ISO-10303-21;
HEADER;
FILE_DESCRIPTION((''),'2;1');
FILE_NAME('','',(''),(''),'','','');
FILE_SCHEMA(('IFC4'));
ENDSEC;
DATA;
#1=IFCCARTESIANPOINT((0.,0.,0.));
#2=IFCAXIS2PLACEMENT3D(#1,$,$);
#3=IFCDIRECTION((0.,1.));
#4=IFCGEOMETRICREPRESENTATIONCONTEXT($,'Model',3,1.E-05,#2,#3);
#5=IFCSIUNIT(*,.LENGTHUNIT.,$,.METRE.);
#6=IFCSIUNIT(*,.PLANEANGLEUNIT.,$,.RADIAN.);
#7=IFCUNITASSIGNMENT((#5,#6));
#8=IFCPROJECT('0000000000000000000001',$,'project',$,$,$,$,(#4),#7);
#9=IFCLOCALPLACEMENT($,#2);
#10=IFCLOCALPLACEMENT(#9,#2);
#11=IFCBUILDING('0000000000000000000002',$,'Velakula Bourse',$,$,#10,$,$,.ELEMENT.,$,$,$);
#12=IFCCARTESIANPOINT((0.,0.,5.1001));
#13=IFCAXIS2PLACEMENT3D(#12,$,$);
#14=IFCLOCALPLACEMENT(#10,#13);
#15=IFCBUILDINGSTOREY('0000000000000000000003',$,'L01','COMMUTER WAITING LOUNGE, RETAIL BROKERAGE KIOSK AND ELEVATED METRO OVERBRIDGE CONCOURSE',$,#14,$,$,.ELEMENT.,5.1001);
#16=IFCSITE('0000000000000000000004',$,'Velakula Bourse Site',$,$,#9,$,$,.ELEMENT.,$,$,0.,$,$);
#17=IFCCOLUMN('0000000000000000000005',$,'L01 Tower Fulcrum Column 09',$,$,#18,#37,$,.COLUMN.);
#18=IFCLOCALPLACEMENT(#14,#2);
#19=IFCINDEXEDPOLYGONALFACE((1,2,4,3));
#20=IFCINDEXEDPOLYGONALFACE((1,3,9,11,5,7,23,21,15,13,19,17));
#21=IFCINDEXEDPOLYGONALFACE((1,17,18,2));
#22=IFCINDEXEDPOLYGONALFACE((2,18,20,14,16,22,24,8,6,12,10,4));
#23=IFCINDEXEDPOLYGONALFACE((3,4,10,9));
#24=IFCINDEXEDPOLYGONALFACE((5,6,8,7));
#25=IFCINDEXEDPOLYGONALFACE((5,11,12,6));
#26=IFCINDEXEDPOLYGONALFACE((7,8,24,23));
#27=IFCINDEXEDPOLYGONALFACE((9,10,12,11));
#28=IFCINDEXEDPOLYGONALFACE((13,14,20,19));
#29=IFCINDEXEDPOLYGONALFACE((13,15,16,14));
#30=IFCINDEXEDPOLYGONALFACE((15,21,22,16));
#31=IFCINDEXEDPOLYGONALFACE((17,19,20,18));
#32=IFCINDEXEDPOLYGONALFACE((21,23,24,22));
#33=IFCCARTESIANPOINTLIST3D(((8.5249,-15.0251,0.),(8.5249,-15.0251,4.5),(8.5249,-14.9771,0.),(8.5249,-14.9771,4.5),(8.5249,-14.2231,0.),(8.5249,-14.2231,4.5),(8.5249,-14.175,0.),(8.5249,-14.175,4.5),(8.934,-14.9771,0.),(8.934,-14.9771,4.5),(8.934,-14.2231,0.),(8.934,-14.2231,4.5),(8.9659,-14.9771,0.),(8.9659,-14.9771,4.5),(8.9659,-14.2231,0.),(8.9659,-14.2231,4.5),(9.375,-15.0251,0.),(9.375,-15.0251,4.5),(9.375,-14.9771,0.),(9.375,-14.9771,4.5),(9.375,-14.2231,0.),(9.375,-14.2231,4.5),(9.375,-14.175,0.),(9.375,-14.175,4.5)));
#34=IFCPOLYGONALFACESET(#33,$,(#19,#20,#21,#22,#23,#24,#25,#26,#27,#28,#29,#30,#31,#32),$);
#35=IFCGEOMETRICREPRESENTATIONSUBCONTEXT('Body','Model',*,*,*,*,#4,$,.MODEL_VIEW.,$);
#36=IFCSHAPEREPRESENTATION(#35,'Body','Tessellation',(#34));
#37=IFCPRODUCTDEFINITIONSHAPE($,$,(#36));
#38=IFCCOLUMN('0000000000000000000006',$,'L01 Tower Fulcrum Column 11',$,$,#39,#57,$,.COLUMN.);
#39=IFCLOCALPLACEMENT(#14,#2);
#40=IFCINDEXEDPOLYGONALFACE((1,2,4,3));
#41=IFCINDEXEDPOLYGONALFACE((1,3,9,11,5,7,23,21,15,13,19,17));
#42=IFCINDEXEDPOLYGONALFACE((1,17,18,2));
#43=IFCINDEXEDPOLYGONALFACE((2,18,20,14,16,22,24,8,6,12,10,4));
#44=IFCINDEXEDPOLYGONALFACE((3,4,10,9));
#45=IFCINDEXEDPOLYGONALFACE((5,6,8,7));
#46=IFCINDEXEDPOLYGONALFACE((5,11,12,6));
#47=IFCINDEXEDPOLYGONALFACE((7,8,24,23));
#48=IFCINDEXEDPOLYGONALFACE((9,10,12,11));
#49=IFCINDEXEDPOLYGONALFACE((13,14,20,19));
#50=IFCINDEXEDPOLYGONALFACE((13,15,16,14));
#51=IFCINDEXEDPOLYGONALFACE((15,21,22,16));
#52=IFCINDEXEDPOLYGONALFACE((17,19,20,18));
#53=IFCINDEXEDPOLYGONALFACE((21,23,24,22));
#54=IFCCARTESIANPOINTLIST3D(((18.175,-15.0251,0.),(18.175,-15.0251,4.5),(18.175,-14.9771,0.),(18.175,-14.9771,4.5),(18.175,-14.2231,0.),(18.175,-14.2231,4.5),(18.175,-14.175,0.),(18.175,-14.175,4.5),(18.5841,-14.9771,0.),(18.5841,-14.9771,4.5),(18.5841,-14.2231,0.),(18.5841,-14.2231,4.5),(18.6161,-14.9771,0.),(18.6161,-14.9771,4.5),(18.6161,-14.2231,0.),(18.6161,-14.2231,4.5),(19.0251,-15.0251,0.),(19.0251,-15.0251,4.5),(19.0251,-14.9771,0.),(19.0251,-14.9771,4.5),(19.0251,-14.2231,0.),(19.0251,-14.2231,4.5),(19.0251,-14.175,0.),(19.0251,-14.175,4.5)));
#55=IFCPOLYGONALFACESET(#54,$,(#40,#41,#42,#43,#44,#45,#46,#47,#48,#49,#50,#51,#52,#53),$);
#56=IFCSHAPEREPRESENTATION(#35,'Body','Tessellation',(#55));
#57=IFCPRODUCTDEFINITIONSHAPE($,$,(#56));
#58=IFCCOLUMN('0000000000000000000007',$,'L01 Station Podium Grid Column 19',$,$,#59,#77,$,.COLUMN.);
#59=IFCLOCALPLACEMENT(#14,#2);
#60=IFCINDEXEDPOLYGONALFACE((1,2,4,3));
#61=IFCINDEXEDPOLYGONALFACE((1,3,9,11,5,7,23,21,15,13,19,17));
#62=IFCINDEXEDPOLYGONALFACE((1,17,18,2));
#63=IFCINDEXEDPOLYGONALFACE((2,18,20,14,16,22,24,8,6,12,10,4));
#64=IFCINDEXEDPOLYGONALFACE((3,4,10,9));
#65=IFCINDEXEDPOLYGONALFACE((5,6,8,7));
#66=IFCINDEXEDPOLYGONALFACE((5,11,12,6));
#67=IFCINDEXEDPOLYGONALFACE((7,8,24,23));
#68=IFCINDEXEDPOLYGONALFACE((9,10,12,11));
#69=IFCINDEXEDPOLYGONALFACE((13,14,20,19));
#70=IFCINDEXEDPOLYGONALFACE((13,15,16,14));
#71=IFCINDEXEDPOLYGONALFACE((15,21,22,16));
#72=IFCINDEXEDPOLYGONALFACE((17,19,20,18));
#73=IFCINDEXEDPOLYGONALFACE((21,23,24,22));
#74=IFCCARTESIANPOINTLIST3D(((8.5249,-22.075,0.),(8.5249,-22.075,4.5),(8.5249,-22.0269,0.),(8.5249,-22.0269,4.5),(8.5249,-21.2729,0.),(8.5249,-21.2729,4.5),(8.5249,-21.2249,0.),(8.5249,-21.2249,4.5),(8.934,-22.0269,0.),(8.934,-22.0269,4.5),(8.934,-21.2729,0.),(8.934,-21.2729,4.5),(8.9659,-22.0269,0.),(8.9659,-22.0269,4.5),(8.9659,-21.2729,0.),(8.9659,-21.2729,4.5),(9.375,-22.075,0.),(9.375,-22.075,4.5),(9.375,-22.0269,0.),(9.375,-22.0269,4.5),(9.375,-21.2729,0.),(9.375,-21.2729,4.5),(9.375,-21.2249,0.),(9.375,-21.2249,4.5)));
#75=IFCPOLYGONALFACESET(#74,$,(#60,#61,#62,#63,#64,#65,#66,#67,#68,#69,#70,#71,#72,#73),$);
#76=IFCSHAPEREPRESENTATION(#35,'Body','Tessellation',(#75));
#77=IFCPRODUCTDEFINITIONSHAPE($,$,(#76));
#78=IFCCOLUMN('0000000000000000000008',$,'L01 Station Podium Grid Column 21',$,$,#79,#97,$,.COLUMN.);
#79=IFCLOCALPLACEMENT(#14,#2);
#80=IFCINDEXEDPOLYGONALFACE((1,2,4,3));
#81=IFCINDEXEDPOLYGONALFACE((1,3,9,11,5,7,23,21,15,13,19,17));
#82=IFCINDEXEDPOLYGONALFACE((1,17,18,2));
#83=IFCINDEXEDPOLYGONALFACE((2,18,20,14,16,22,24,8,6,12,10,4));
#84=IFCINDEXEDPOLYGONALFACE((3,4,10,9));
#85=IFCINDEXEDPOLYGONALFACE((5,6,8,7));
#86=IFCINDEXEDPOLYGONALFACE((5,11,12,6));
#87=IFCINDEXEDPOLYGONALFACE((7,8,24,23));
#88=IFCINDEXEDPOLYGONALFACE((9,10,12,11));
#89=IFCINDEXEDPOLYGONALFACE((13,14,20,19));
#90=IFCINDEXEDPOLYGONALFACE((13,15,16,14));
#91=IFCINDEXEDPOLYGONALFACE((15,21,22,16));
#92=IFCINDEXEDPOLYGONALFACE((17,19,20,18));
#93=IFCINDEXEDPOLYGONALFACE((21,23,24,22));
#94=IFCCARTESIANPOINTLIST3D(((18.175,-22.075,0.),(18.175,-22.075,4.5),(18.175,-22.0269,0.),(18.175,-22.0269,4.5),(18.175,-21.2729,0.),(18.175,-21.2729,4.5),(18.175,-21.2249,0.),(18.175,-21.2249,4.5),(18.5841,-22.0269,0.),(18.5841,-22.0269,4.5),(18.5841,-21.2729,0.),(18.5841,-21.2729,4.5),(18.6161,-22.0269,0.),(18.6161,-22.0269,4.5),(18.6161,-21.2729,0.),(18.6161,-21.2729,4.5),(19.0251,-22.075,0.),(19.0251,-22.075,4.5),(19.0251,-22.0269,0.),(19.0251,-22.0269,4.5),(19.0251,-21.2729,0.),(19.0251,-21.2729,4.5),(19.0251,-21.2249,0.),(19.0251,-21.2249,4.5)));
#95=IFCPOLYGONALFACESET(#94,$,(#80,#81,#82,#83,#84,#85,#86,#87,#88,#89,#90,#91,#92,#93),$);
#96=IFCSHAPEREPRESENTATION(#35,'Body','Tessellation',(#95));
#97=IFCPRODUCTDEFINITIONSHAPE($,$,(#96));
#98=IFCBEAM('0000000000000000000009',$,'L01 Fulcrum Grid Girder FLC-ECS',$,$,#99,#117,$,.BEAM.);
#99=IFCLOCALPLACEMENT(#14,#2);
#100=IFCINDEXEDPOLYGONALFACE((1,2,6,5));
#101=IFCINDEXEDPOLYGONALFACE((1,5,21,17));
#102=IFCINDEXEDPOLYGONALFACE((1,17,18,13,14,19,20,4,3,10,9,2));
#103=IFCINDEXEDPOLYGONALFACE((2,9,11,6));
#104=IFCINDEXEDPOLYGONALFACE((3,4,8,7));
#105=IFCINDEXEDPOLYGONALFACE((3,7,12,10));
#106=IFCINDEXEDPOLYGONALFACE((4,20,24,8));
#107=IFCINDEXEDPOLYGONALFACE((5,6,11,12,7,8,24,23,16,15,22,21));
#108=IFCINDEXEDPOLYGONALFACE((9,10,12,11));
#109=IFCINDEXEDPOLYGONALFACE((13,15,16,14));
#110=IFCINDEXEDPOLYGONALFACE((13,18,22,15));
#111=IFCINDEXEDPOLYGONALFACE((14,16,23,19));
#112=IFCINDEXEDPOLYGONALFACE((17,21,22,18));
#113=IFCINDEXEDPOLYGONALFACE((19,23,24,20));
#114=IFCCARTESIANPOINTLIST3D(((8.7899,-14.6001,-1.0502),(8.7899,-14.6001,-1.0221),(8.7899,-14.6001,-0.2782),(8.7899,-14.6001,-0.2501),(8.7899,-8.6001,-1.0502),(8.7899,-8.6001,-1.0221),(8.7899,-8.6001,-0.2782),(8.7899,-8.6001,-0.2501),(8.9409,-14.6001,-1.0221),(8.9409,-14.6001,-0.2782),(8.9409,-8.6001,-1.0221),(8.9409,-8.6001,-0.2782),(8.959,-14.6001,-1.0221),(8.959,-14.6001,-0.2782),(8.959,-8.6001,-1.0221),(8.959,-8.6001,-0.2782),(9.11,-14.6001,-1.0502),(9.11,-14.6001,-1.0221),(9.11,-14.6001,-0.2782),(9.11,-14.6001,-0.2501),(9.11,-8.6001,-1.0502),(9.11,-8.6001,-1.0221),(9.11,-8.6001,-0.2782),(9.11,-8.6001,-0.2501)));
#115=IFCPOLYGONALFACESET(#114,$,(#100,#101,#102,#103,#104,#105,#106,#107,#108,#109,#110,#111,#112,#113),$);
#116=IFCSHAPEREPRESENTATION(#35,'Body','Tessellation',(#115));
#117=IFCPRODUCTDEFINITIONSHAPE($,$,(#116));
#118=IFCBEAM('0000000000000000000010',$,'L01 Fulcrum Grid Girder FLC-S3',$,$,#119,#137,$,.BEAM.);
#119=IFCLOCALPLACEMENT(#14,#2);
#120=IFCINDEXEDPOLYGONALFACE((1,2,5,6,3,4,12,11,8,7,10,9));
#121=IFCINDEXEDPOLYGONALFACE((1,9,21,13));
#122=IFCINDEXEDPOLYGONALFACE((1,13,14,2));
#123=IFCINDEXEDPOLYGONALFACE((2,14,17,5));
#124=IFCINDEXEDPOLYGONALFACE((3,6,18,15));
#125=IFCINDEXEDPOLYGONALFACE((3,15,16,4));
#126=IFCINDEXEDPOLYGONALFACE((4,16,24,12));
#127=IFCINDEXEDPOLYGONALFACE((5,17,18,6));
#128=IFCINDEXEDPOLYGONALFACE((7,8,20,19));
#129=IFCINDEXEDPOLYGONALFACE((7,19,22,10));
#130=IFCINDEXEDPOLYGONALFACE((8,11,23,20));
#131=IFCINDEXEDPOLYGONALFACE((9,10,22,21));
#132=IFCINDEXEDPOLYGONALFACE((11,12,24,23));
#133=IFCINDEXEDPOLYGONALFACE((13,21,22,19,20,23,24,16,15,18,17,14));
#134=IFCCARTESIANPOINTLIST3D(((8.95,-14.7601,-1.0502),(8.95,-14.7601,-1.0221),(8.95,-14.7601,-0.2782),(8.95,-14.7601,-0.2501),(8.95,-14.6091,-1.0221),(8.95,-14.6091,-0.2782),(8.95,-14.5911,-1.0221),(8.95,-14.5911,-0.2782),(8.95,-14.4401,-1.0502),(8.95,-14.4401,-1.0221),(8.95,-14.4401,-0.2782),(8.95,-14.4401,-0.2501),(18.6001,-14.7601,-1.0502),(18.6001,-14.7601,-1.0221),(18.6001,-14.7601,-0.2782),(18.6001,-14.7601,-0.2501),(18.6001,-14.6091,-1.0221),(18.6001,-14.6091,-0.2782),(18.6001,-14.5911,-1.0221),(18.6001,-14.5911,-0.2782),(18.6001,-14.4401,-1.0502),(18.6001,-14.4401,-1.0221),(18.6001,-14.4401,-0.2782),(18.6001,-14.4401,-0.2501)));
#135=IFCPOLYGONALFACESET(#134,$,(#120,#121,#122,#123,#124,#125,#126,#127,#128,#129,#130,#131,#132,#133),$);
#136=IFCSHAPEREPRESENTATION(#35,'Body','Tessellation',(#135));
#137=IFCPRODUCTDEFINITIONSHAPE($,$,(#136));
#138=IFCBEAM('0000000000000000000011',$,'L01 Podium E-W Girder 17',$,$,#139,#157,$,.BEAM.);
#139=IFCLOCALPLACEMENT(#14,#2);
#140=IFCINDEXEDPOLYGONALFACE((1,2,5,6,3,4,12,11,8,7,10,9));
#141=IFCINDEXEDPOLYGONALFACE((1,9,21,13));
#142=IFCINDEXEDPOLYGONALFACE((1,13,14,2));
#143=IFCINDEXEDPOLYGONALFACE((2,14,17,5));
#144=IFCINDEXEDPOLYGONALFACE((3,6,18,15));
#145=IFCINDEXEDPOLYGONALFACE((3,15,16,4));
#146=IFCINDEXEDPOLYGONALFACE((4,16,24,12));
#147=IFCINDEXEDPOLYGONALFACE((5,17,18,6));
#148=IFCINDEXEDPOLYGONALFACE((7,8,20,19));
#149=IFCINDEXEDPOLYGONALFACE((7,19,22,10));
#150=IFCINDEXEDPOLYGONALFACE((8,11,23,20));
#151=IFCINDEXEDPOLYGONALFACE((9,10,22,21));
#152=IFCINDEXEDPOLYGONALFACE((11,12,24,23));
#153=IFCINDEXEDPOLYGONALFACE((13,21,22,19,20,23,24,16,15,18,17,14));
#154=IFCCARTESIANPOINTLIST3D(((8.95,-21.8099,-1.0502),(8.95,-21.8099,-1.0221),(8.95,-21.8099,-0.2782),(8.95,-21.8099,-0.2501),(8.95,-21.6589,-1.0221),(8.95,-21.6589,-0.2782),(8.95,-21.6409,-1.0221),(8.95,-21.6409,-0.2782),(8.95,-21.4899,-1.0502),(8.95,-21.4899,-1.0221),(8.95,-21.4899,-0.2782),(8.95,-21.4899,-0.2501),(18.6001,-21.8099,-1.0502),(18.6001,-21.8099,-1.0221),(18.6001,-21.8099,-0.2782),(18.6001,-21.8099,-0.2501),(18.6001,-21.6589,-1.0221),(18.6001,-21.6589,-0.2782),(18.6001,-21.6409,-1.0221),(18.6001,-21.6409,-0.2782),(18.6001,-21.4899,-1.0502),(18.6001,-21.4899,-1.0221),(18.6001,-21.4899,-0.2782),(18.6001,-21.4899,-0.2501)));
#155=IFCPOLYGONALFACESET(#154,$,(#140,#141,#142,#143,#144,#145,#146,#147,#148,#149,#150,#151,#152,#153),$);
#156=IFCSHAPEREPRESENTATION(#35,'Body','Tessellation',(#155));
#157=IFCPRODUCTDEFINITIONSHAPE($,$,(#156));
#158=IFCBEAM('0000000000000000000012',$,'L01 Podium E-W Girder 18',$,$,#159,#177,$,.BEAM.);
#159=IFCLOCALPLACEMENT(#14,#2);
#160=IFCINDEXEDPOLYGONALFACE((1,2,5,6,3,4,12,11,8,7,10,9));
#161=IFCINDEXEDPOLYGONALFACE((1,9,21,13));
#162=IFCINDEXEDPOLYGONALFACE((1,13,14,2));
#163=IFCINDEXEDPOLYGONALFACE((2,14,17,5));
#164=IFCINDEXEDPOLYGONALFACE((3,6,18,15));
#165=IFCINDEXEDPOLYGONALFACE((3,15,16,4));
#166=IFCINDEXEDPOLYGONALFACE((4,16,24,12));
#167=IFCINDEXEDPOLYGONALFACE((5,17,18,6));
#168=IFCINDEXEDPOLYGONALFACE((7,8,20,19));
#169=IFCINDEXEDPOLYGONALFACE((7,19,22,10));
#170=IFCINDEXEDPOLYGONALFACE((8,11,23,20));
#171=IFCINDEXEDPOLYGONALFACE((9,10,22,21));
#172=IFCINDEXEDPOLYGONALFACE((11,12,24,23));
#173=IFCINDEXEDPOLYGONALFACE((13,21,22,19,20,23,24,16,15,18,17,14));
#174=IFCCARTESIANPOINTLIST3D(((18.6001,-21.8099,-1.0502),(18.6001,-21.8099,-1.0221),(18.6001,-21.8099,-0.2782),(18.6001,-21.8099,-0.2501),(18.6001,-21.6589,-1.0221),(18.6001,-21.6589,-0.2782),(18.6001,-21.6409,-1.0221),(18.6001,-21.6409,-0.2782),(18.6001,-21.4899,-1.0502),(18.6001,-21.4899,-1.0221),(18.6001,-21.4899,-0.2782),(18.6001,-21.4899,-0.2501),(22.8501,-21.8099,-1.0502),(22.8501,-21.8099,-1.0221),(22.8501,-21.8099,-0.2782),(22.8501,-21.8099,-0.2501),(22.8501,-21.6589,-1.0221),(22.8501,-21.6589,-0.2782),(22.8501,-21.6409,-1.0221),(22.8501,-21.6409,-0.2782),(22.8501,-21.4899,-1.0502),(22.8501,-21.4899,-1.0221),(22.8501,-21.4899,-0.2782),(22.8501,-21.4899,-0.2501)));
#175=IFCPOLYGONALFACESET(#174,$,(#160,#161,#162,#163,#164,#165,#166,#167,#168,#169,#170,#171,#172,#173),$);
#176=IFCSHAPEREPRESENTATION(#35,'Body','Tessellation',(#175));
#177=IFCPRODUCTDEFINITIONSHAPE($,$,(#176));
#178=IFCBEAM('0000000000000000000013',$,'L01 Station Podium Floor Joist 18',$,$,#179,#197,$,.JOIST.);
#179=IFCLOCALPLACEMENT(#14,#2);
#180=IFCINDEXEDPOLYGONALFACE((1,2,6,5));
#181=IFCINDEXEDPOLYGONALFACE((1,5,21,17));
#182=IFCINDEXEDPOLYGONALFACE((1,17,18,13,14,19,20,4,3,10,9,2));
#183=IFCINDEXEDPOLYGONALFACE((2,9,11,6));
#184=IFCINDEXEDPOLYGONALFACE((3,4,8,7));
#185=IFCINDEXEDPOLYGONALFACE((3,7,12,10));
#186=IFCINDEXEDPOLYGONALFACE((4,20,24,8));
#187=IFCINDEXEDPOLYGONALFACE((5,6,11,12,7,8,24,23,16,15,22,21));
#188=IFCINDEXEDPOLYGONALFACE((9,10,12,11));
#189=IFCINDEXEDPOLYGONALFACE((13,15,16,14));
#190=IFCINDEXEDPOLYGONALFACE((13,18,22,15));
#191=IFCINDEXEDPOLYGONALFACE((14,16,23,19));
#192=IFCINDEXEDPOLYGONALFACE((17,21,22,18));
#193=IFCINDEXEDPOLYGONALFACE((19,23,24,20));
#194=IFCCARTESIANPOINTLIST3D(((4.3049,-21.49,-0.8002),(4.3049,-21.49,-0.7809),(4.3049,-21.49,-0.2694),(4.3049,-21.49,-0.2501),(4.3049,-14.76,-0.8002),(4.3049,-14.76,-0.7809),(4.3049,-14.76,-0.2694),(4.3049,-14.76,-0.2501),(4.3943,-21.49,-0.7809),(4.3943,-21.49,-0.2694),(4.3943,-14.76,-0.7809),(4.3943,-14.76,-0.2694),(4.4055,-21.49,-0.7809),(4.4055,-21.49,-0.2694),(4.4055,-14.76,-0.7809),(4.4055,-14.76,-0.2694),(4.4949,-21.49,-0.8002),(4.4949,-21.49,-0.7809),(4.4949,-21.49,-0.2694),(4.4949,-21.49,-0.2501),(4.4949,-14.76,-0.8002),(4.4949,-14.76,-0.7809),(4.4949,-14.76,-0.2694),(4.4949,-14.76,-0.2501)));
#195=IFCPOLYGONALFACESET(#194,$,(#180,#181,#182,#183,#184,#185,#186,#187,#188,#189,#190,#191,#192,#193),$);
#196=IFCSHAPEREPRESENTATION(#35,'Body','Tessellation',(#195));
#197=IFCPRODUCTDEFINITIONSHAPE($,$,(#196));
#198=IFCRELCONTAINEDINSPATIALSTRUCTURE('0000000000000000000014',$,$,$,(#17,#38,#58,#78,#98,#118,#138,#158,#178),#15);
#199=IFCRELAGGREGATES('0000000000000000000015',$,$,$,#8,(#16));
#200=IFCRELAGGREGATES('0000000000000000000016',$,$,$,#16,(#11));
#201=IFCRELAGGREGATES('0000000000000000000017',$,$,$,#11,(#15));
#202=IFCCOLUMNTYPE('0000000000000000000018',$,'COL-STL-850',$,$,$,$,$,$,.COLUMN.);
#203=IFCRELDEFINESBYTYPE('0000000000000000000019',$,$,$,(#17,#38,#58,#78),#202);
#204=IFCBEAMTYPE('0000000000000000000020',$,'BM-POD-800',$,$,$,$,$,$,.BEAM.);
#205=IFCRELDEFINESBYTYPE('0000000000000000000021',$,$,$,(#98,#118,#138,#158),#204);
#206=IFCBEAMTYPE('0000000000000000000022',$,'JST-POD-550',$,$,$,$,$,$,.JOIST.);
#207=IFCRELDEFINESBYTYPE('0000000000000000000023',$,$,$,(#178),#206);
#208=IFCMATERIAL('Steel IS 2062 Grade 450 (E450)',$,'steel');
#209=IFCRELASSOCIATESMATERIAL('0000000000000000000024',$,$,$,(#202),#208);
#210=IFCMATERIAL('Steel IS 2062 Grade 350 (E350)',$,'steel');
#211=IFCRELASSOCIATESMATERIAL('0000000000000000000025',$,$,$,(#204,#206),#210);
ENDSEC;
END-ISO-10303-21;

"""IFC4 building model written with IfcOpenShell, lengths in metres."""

from ifc_helpers import new_model, si_unit, direction, frame, origin, origin_2d, place, context, subcontext, project, spatial, i_section, extrude, material, material_profile, profile_set, type_object, element, save


model = new_model("IFC4")

# Units and contexts
model_context = context("Model", 3, precision=1e-05, world=origin(), true_north=direction((0.0, 1.0)))
body_context = subcontext(model_context, "Body", "Model", "MODEL_VIEW")
ifc_project = project(units=[si_unit("LENGTHUNIT", "METRE"), si_unit("PLANEANGLEUNIT", "RADIAN")], contexts=[model_context])

# Site, building, storey
site_placement = place(None, origin())
site = spatial("IfcSite", under=ifc_project, at=site_placement, Name="Velakula Bourse Site", CompositionType="ELEMENT", RefElevation=0.0)
building_placement = place(site_placement, origin())
building = spatial("IfcBuilding", under=site, at=building_placement, Name="Velakula Bourse", CompositionType="ELEMENT")
storey_placement = place(building_placement, frame((0.0, 0.0, 5.1001)))
storey = spatial("IfcBuildingStorey", under=building, at=storey_placement, Name="L01", Description="COMMUTER WAITING LOUNGE, RETAIL BROKERAGE KIOSK AND ELEVATED METRO OVERBRIDGE CONCOURSE", CompositionType="ELEMENT", Elevation=5.1001)

# Columns
ifc_material_1 = material(Name="Steel IS 2062 Grade 450 (E450)", Category="steel")
ifc_material_profile_1 = material_profile(ifc_material_1, i_section(OverallWidth=0.8501, OverallDepth=0.8501, WebThickness=0.032, FlangeThickness=0.0481, at=origin_2d()), Name="Steel IS 2062 Grade 450 (E450)")
ifc_profile_set_1 = profile_set([ifc_material_profile_1], Name="Steel IS 2062 Grade 450 (E450)")
column_type = type_object("IfcColumnType", Name="COL-STL-850", PredefinedType="COLUMN", material=ifc_profile_set_1)
for number, where, z_axis, x_axis, name in (
    (1, (8.95, -14.6001, 0.0), (0.0, 0.0, 1.0), (1.0, 0.0, 0.0), "L01 Tower Fulcrum Column 09"),
    (2, (18.6001, -14.6001, 0.0), (0.0, 0.0, 1.0), (1.0, 0.0, 0.0), "L01 Tower Fulcrum Column 11"),
    (3, (8.95, -21.6499, 0.0), (0.0, 0.0, 1.0), (1.0, 0.0, 0.0), "L01 Station Podium Grid Column 19"),
    (4, (18.6001, -21.6499, 0.0), (0.0, 0.0, 1.0), (1.0, 0.0, 0.0), "L01 Station Podium Grid Column 21"),
):
    element("IfcColumn", number, at=place(storey_placement, frame(where, z_axis=z_axis, x_axis=x_axis)), inside=storey, type_object=column_type, Name=name, PredefinedType="COLUMN", context=body_context, shape_type="SweptSolid", body=[
        extrude(i_section(OverallWidth=0.8501, OverallDepth=0.8501, WebThickness=0.032, FlangeThickness=0.0481, at=origin_2d()), origin(), (0.0, 0.0, 1.0), 4.5),
    ])

# Beams
ifc_material_2 = material(Name="Steel IS 2062 Grade 350 (E350)", Category="steel")
ifc_material_profile_2 = material_profile(ifc_material_2, i_section(OverallWidth=0.3201, OverallDepth=0.8, WebThickness=0.0181, FlangeThickness=0.0281, at=origin_2d()), Name="Steel IS 2062 Grade 350 (E350)")
ifc_profile_set_2 = profile_set([ifc_material_profile_2], Name="Steel IS 2062 Grade 350 (E350)")
beam_type_1 = type_object("IfcBeamType", Name="BM-POD-800", PredefinedType="BEAM", material=ifc_profile_set_2)
beam_1_placement = place(storey_placement, frame((8.95, -14.6001, -0.6501), z_axis=(0.0, 1.0, 0.0), x_axis=(-1.0, 0.0, 0.0)))
element("IfcBeam", 5, at=beam_1_placement, inside=storey, type_object=beam_type_1, Name="L01 Fulcrum Grid Girder FLC-ECS", PredefinedType="BEAM", context=body_context, shape_type="SweptSolid", body=[
    extrude(i_section(OverallWidth=0.3201, OverallDepth=0.8, WebThickness=0.0181, FlangeThickness=0.0281, at=origin_2d()), origin(), (0.0, 0.0, 1.0), 6.0),
])
for number, where, z_axis, x_axis, name in (
    (6, (8.95, -14.6001, -0.6501), (1.0, 0.0, 0.0), (0.0, 1.0, 0.0), "L01 Fulcrum Grid Girder FLC-S3"),
    (7, (8.95, -21.6499, -0.6501), (1.0, 0.0, 0.0), (0.0, 1.0, 0.0), "L01 Podium E-W Girder 17"),
):
    element("IfcBeam", number, at=place(storey_placement, frame(where, z_axis=z_axis, x_axis=x_axis)), inside=storey, type_object=beam_type_1, Name=name, PredefinedType="BEAM", context=body_context, shape_type="SweptSolid", body=[
        extrude(i_section(OverallWidth=0.3201, OverallDepth=0.8, WebThickness=0.0181, FlangeThickness=0.0281, at=origin_2d()), origin(), (0.0, 0.0, 1.0), 9.6501),
    ])
beam_2_placement = place(storey_placement, frame((18.6001, -21.6499, -0.6501), z_axis=(1.0, 0.0, 0.0), x_axis=(0.0, 1.0, 0.0)))
element("IfcBeam", 8, at=beam_2_placement, inside=storey, type_object=beam_type_1, Name="L01 Podium E-W Girder 18", PredefinedType="BEAM", context=body_context, shape_type="SweptSolid", body=[
    extrude(i_section(OverallWidth=0.3201, OverallDepth=0.8, WebThickness=0.0181, FlangeThickness=0.0281, at=origin_2d()), origin(), (0.0, 0.0, 1.0), 4.25),
])
ifc_material_profile_3 = material_profile(ifc_material_2, i_section(OverallWidth=0.1899, OverallDepth=0.55, WebThickness=0.0112, FlangeThickness=0.0193, at=origin_2d()), Name="Steel IS 2062 Grade 350 (E350)")
ifc_profile_set_3 = profile_set([ifc_material_profile_3], Name="Steel IS 2062 Grade 350 (E350)")
beam_type_2 = type_object("IfcBeamType", Name="JST-POD-550", PredefinedType="JOIST", material=ifc_profile_set_3)
for number, where, z_axis, x_axis, name in (
    (9, (4.3999, -21.49, -0.5251), (0.0, 1.0, 0.0), (-1.0, 0.0, 0.0), "L01 Station Podium Floor Joist 18"),
):
    element("IfcBeam", number, at=place(storey_placement, frame(where, z_axis=z_axis, x_axis=x_axis)), inside=storey, type_object=beam_type_2, Name=name, PredefinedType="JOIST", context=body_context, shape_type="SweptSolid", body=[
        extrude(i_section(OverallWidth=0.1899, OverallDepth=0.55, WebThickness=0.0112, FlangeThickness=0.0193, at=origin_2d()), origin(), (0.0, 0.0, 1.0), 6.73),
    ])

save(model, "model.ifc")
